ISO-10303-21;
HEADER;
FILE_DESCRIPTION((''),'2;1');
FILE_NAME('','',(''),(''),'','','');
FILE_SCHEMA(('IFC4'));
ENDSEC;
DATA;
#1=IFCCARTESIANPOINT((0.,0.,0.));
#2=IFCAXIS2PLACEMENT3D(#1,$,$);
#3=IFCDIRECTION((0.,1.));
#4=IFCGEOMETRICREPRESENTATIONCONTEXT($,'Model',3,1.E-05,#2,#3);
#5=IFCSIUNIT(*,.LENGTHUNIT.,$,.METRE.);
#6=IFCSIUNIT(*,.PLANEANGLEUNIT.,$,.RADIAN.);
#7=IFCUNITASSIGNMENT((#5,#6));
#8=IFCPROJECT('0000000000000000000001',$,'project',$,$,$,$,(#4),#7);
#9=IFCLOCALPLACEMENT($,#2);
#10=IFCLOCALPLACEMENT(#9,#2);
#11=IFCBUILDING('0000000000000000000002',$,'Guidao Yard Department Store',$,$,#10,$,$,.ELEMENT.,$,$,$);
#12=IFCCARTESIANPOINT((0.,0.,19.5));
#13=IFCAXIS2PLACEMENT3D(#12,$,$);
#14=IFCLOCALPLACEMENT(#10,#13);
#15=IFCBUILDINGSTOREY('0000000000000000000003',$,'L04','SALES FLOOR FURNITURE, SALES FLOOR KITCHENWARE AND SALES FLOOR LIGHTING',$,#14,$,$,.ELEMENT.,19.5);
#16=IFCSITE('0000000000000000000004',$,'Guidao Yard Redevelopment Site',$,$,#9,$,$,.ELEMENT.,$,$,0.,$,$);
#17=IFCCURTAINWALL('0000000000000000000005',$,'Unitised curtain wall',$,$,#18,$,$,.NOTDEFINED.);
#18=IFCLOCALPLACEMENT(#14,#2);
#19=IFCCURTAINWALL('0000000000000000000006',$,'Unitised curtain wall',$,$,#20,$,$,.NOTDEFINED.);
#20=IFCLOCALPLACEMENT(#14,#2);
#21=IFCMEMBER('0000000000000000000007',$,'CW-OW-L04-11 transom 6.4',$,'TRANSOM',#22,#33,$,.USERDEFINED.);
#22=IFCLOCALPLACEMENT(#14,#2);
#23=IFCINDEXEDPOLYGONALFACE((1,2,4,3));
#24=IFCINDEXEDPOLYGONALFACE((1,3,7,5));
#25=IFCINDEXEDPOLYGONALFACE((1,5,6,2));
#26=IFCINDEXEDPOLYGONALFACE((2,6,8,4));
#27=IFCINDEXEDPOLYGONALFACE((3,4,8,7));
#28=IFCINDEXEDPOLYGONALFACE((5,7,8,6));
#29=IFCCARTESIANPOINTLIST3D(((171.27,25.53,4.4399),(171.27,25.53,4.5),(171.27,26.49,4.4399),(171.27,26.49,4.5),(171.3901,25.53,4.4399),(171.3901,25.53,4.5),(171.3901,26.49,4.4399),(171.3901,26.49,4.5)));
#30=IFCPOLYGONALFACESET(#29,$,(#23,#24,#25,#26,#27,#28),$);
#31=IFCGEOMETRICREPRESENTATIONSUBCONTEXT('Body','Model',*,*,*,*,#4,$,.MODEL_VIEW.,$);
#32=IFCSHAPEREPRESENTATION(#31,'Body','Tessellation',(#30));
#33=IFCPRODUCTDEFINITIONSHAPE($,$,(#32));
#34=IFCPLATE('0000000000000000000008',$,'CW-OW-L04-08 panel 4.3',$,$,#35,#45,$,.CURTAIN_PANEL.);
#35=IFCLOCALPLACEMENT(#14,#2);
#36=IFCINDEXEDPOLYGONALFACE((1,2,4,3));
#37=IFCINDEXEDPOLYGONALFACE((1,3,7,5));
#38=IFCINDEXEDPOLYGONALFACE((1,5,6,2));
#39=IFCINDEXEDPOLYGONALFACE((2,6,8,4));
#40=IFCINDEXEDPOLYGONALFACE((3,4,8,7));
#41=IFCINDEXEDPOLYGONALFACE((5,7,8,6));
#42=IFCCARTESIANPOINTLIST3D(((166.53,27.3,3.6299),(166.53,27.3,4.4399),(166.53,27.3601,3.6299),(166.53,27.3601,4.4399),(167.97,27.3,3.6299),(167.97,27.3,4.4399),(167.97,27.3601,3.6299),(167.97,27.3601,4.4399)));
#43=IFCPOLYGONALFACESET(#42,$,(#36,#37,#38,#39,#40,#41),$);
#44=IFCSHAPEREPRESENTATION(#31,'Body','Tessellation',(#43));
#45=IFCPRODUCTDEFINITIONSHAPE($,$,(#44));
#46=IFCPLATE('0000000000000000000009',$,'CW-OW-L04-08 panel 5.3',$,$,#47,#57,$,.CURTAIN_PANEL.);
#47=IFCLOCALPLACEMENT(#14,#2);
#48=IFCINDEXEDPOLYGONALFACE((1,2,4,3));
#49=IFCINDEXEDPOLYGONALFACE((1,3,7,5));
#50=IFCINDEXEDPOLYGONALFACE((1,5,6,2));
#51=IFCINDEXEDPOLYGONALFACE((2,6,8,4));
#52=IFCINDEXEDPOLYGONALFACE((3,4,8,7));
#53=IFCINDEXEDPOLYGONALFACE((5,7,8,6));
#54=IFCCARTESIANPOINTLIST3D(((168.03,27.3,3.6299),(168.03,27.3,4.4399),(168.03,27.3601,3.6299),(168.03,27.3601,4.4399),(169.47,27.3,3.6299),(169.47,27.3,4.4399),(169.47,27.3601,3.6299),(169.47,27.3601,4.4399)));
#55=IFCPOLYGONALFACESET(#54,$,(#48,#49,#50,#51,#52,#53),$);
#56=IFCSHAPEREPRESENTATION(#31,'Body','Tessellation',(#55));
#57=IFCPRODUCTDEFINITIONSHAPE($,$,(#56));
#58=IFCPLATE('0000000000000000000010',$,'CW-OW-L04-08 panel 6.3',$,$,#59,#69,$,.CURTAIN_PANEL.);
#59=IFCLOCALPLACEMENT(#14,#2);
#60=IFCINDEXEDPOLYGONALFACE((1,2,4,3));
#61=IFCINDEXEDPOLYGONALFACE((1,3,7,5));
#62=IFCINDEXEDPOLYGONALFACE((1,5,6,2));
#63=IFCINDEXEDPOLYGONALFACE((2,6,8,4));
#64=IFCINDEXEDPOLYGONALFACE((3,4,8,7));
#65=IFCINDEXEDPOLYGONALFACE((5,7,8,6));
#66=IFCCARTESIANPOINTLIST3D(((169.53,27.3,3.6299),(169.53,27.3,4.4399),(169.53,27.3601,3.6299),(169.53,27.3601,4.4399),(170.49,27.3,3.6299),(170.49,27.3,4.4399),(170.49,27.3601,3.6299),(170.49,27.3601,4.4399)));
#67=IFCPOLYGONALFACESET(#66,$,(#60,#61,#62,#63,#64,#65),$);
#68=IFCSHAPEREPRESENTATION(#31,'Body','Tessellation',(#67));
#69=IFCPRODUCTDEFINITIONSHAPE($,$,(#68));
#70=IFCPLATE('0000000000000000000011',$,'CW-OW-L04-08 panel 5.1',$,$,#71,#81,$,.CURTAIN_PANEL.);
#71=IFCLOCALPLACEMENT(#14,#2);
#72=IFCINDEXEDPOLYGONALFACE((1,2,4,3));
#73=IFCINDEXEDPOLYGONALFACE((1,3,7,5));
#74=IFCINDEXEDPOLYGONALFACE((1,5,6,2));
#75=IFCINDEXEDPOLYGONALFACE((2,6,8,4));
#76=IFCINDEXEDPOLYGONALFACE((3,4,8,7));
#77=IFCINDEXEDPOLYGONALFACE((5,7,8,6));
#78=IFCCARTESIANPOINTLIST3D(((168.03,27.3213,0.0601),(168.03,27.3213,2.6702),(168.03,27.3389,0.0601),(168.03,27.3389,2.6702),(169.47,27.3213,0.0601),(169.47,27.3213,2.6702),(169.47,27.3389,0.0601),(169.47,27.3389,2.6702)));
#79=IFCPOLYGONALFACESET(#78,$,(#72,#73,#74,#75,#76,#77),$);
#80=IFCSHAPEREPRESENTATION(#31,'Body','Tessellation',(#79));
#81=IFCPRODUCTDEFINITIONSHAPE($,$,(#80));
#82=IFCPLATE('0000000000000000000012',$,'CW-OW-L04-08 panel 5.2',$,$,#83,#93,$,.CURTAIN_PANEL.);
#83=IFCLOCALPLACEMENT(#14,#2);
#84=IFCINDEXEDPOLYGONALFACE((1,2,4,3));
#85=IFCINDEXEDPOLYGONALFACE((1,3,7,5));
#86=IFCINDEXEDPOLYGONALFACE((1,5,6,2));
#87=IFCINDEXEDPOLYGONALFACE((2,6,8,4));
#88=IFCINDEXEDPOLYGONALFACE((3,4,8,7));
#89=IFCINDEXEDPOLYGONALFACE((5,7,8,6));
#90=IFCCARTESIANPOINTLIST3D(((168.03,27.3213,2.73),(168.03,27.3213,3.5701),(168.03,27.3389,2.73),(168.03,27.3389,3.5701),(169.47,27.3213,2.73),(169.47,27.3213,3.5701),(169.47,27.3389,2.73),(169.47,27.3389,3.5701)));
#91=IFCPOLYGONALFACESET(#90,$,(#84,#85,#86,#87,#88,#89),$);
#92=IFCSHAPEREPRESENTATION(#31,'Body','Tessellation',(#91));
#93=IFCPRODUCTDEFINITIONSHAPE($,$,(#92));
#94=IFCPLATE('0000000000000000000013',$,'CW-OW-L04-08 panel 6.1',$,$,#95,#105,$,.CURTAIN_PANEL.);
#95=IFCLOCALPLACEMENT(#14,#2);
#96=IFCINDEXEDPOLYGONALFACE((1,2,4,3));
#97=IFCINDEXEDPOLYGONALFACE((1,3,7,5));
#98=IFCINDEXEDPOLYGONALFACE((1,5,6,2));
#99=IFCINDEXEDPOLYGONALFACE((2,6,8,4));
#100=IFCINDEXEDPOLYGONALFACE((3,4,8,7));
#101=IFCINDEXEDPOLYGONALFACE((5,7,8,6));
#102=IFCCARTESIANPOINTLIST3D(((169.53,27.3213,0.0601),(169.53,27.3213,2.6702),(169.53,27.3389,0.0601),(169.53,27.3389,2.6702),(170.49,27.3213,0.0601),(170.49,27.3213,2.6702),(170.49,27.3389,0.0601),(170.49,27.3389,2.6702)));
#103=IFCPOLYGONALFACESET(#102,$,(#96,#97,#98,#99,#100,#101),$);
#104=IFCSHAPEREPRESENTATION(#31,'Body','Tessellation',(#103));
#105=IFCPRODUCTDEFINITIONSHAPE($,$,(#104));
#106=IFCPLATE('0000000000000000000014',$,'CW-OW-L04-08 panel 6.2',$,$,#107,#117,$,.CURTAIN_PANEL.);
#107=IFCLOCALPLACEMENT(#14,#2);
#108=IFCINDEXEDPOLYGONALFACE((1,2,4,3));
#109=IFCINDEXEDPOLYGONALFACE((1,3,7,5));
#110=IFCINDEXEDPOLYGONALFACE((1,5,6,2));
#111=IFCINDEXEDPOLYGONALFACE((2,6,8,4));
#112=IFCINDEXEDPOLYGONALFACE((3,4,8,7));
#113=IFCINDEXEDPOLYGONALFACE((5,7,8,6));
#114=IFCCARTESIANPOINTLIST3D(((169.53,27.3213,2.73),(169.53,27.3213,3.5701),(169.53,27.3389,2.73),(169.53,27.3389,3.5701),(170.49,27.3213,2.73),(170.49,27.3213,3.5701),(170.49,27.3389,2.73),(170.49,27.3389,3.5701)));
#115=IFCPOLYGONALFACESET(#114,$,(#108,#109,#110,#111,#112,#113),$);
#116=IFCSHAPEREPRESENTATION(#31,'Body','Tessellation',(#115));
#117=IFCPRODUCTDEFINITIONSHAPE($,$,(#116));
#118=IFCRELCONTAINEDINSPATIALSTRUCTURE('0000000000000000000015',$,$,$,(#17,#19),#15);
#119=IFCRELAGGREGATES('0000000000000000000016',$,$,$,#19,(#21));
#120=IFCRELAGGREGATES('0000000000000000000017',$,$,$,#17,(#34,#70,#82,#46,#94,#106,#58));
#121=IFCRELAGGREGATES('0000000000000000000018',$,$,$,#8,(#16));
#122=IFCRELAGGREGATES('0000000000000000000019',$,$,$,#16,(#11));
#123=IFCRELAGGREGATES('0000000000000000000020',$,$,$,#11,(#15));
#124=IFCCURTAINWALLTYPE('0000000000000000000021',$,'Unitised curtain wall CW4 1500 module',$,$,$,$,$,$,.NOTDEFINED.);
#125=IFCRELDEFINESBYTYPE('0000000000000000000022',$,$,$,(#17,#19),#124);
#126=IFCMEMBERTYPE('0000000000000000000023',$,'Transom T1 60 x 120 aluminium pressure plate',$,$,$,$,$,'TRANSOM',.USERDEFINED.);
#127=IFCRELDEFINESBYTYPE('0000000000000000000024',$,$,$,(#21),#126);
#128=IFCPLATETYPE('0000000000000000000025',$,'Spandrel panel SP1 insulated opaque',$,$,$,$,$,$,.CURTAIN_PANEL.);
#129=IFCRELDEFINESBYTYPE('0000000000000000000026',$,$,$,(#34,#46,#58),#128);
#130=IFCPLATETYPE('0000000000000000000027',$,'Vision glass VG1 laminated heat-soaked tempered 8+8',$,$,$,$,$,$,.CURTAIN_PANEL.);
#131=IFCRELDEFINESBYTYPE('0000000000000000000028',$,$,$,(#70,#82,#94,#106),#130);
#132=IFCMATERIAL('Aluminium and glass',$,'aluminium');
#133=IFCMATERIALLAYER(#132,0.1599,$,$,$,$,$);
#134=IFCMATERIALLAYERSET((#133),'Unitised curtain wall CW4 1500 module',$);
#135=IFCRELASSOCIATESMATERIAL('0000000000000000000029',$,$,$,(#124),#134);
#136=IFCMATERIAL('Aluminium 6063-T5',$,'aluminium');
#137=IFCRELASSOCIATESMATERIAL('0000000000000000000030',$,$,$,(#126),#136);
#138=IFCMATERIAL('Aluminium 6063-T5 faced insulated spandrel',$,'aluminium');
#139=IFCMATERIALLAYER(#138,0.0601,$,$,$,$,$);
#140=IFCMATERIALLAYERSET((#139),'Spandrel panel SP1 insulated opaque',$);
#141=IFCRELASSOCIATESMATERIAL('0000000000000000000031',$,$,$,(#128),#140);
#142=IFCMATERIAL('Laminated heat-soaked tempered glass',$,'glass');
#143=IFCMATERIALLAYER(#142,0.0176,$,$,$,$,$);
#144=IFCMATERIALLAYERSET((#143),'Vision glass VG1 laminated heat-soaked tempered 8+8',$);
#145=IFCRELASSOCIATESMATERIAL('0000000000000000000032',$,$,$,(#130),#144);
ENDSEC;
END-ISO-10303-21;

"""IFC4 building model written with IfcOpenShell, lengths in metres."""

from ifc_helpers import new_model, si_unit, direction, frame, origin, origin_2d, place, context, subcontext, project, spatial, rectangle, extrude, material, layer, layer_set, material_profile, profile_set, type_object, element, aggregate, save


model = new_model("IFC4")

# Units and contexts
model_context = context("Model", 3, precision=1e-05, world=origin(), true_north=direction((0.0, 1.0)))
body_context = subcontext(model_context, "Body", "Model", "MODEL_VIEW")
ifc_project = project(units=[si_unit("LENGTHUNIT", "METRE"), si_unit("PLANEANGLEUNIT", "RADIAN")], contexts=[model_context])

# Site, building, storey
site_placement = place(None, origin())
site = spatial("IfcSite", under=ifc_project, at=site_placement, Name="Guidao Yard Redevelopment Site", CompositionType="ELEMENT", RefElevation=0.0)
building_placement = place(site_placement, origin())
building = spatial("IfcBuilding", under=site, at=building_placement, Name="Guidao Yard Department Store", CompositionType="ELEMENT")
storey_placement = place(building_placement, frame((0.0, 0.0, 19.5)))
storey = spatial("IfcBuildingStorey", under=building, at=storey_placement, Name="L04", Description="SALES FLOOR FURNITURE, SALES FLOOR KITCHENWARE AND SALES FLOOR LIGHTING", CompositionType="ELEMENT", Elevation=19.5)

# Curtain wall
ifc_material_1 = material(Name="Aluminium and glass", Category="aluminium")
ifc_layer_1 = layer(ifc_material_1, 0.1599)
ifc_layer_set_1 = layer_set([ifc_layer_1], Name="Unitised curtain wall CW4 1500 module")
curtain_wall_type = type_object("IfcCurtainWallType", Name="Unitised curtain wall CW4 1500 module", PredefinedType="NOTDEFINED", material=ifc_layer_set_1)
curtain_wall_1_placement = place(storey_placement, origin())
curtain_wall_1 = element("IfcCurtainWall", 1, at=curtain_wall_1_placement, inside=storey, type_object=curtain_wall_type, Name="Unitised curtain wall", PredefinedType="NOTDEFINED")

# Curtain wall
curtain_wall_2_placement = place(storey_placement, origin())
curtain_wall_2 = element("IfcCurtainWall", 2, at=curtain_wall_2_placement, inside=storey, type_object=curtain_wall_type, Name="Unitised curtain wall", PredefinedType="NOTDEFINED")

# Member
ifc_material_2 = material(Name="Aluminium 6063-T5", Category="aluminium")
ifc_material_profile_1 = material_profile(ifc_material_2, rectangle(XDim=0.1201, YDim=0.0601, at=origin_2d()), Name="Transom T1 60 x 120 aluminium pressure plate")
ifc_profile_set_1 = profile_set([ifc_material_profile_1], Name="Aluminium 6063-T5")
member_type_1 = type_object("IfcMemberType", Name="Transom T1 60 x 120 aluminium pressure plate", ElementType="TRANSOM", PredefinedType="USERDEFINED", material=ifc_profile_set_1)
member_1_placement = place(storey_placement, frame((171.3301, 26.49, 4.47), z_axis=(0.0, -1.0, 0.0), x_axis=(1.0, 0.0, 0.0)))
member_1 = element("IfcMember", 3, at=member_1_placement, type_object=member_type_1, Name="CW-OW-L04-11 transom 6.4", ObjectType="TRANSOM", PredefinedType="USERDEFINED", context=body_context, shape_type="SweptSolid", body=[
    extrude(rectangle(XDim=0.1201, YDim=0.0601, at=origin_2d()), origin(), (0.0, 0.0, 1.0), 0.96),
])
aggregate(curtain_wall_2, [member_1])

# Plates
ifc_material_3 = material(Name="Aluminium 6063-T5 faced insulated spandrel", Category="aluminium")
ifc_layer_2 = layer(ifc_material_3, 0.0601)
ifc_layer_set_2 = layer_set([ifc_layer_2], Name="Spandrel panel SP1 insulated opaque")
plate_type_1 = type_object("IfcPlateType", Name="Spandrel panel SP1 insulated opaque", PredefinedType="CURTAIN_PANEL", material=ifc_layer_set_2)
plate_1_placement = place(storey_placement, frame((167.25, 27.3301, 3.6299), z_axis=(0.0, 0.0, 1.0), x_axis=(1.0, 0.0, 0.0)))
plate_1 = element("IfcPlate", 4, at=plate_1_placement, type_object=plate_type_1, Name="CW-OW-L04-08 panel 4.3", PredefinedType="CURTAIN_PANEL", context=body_context, shape_type="SweptSolid", body=[
    extrude(rectangle(XDim=1.4399, YDim=0.0601, at=origin_2d()), origin(), (0.0, 0.0, 1.0), 0.8101),
])
plate_2_placement = place(storey_placement, frame((168.75, 27.3301, 3.6299), z_axis=(0.0, 0.0, 1.0), x_axis=(1.0, 0.0, 0.0)))
plate_2 = element("IfcPlate", 5, at=plate_2_placement, type_object=plate_type_1, Name="CW-OW-L04-08 panel 5.3", PredefinedType="CURTAIN_PANEL", context=body_context, shape_type="SweptSolid", body=[
    extrude(rectangle(XDim=1.4399, YDim=0.0601, at=origin_2d()), origin(), (0.0, 0.0, 1.0), 0.8101),
])
plate_3_placement = place(storey_placement, frame((170.01, 27.3301, 3.6299), z_axis=(0.0, 0.0, 1.0), x_axis=(1.0, 0.0, 0.0)))
plate_3 = element("IfcPlate", 6, at=plate_3_placement, type_object=plate_type_1, Name="CW-OW-L04-08 panel 6.3", PredefinedType="CURTAIN_PANEL", context=body_context, shape_type="SweptSolid", body=[
    extrude(rectangle(XDim=0.96, YDim=0.0601, at=origin_2d()), origin(), (0.0, 0.0, 1.0), 0.8101),
])
ifc_material_4 = material(Name="Laminated heat-soaked tempered glass", Category="glass")
ifc_layer_3 = layer(ifc_material_4, 0.0176)
ifc_layer_set_3 = layer_set([ifc_layer_3], Name="Vision glass VG1 laminated heat-soaked tempered 8+8")
plate_type_2 = type_object("IfcPlateType", Name="Vision glass VG1 laminated heat-soaked tempered 8+8", PredefinedType="CURTAIN_PANEL", material=ifc_layer_set_3)
plate_4_placement = place(storey_placement, frame((168.75, 27.3301, 0.0601), z_axis=(0.0, 0.0, 1.0), x_axis=(1.0, 0.0, 0.0)))
plate_4 = element("IfcPlate", 7, at=plate_4_placement, type_object=plate_type_2, Name="CW-OW-L04-08 panel 5.1", PredefinedType="CURTAIN_PANEL", context=body_context, shape_type="SweptSolid", body=[
    extrude(rectangle(XDim=1.4399, YDim=0.0176, at=origin_2d()), origin(), (0.0, 0.0, 1.0), 2.6101),
])
plate_5_placement = place(storey_placement, frame((168.75, 27.3301, 2.73), z_axis=(0.0, 0.0, 1.0), x_axis=(1.0, 0.0, 0.0)))
plate_5 = element("IfcPlate", 8, at=plate_5_placement, type_object=plate_type_2, Name="CW-OW-L04-08 panel 5.2", PredefinedType="CURTAIN_PANEL", context=body_context, shape_type="SweptSolid", body=[
    extrude(rectangle(XDim=1.4399, YDim=0.0176, at=origin_2d()), origin(), (0.0, 0.0, 1.0), 0.8401),
])
plate_6_placement = place(storey_placement, frame((170.01, 27.3301, 0.0601), z_axis=(0.0, 0.0, 1.0), x_axis=(1.0, 0.0, 0.0)))
plate_6 = element("IfcPlate", 9, at=plate_6_placement, type_object=plate_type_2, Name="CW-OW-L04-08 panel 6.1", PredefinedType="CURTAIN_PANEL", context=body_context, shape_type="SweptSolid", body=[
    extrude(rectangle(XDim=0.96, YDim=0.0176, at=origin_2d()), origin(), (0.0, 0.0, 1.0), 2.6101),
])
plate_7_placement = place(storey_placement, frame((170.01, 27.3301, 2.73), z_axis=(0.0, 0.0, 1.0), x_axis=(1.0, 0.0, 0.0)))
plate_7 = element("IfcPlate", 10, at=plate_7_placement, type_object=plate_type_2, Name="CW-OW-L04-08 panel 6.2", PredefinedType="CURTAIN_PANEL", context=body_context, shape_type="SweptSolid", body=[
    extrude(rectangle(XDim=0.96, YDim=0.0176, at=origin_2d()), origin(), (0.0, 0.0, 1.0), 0.8401),
])
aggregate(curtain_wall_1, [plate_1, plate_4, plate_5, plate_2, plate_6, plate_7, plate_3])

save(model, "model.ifc")
